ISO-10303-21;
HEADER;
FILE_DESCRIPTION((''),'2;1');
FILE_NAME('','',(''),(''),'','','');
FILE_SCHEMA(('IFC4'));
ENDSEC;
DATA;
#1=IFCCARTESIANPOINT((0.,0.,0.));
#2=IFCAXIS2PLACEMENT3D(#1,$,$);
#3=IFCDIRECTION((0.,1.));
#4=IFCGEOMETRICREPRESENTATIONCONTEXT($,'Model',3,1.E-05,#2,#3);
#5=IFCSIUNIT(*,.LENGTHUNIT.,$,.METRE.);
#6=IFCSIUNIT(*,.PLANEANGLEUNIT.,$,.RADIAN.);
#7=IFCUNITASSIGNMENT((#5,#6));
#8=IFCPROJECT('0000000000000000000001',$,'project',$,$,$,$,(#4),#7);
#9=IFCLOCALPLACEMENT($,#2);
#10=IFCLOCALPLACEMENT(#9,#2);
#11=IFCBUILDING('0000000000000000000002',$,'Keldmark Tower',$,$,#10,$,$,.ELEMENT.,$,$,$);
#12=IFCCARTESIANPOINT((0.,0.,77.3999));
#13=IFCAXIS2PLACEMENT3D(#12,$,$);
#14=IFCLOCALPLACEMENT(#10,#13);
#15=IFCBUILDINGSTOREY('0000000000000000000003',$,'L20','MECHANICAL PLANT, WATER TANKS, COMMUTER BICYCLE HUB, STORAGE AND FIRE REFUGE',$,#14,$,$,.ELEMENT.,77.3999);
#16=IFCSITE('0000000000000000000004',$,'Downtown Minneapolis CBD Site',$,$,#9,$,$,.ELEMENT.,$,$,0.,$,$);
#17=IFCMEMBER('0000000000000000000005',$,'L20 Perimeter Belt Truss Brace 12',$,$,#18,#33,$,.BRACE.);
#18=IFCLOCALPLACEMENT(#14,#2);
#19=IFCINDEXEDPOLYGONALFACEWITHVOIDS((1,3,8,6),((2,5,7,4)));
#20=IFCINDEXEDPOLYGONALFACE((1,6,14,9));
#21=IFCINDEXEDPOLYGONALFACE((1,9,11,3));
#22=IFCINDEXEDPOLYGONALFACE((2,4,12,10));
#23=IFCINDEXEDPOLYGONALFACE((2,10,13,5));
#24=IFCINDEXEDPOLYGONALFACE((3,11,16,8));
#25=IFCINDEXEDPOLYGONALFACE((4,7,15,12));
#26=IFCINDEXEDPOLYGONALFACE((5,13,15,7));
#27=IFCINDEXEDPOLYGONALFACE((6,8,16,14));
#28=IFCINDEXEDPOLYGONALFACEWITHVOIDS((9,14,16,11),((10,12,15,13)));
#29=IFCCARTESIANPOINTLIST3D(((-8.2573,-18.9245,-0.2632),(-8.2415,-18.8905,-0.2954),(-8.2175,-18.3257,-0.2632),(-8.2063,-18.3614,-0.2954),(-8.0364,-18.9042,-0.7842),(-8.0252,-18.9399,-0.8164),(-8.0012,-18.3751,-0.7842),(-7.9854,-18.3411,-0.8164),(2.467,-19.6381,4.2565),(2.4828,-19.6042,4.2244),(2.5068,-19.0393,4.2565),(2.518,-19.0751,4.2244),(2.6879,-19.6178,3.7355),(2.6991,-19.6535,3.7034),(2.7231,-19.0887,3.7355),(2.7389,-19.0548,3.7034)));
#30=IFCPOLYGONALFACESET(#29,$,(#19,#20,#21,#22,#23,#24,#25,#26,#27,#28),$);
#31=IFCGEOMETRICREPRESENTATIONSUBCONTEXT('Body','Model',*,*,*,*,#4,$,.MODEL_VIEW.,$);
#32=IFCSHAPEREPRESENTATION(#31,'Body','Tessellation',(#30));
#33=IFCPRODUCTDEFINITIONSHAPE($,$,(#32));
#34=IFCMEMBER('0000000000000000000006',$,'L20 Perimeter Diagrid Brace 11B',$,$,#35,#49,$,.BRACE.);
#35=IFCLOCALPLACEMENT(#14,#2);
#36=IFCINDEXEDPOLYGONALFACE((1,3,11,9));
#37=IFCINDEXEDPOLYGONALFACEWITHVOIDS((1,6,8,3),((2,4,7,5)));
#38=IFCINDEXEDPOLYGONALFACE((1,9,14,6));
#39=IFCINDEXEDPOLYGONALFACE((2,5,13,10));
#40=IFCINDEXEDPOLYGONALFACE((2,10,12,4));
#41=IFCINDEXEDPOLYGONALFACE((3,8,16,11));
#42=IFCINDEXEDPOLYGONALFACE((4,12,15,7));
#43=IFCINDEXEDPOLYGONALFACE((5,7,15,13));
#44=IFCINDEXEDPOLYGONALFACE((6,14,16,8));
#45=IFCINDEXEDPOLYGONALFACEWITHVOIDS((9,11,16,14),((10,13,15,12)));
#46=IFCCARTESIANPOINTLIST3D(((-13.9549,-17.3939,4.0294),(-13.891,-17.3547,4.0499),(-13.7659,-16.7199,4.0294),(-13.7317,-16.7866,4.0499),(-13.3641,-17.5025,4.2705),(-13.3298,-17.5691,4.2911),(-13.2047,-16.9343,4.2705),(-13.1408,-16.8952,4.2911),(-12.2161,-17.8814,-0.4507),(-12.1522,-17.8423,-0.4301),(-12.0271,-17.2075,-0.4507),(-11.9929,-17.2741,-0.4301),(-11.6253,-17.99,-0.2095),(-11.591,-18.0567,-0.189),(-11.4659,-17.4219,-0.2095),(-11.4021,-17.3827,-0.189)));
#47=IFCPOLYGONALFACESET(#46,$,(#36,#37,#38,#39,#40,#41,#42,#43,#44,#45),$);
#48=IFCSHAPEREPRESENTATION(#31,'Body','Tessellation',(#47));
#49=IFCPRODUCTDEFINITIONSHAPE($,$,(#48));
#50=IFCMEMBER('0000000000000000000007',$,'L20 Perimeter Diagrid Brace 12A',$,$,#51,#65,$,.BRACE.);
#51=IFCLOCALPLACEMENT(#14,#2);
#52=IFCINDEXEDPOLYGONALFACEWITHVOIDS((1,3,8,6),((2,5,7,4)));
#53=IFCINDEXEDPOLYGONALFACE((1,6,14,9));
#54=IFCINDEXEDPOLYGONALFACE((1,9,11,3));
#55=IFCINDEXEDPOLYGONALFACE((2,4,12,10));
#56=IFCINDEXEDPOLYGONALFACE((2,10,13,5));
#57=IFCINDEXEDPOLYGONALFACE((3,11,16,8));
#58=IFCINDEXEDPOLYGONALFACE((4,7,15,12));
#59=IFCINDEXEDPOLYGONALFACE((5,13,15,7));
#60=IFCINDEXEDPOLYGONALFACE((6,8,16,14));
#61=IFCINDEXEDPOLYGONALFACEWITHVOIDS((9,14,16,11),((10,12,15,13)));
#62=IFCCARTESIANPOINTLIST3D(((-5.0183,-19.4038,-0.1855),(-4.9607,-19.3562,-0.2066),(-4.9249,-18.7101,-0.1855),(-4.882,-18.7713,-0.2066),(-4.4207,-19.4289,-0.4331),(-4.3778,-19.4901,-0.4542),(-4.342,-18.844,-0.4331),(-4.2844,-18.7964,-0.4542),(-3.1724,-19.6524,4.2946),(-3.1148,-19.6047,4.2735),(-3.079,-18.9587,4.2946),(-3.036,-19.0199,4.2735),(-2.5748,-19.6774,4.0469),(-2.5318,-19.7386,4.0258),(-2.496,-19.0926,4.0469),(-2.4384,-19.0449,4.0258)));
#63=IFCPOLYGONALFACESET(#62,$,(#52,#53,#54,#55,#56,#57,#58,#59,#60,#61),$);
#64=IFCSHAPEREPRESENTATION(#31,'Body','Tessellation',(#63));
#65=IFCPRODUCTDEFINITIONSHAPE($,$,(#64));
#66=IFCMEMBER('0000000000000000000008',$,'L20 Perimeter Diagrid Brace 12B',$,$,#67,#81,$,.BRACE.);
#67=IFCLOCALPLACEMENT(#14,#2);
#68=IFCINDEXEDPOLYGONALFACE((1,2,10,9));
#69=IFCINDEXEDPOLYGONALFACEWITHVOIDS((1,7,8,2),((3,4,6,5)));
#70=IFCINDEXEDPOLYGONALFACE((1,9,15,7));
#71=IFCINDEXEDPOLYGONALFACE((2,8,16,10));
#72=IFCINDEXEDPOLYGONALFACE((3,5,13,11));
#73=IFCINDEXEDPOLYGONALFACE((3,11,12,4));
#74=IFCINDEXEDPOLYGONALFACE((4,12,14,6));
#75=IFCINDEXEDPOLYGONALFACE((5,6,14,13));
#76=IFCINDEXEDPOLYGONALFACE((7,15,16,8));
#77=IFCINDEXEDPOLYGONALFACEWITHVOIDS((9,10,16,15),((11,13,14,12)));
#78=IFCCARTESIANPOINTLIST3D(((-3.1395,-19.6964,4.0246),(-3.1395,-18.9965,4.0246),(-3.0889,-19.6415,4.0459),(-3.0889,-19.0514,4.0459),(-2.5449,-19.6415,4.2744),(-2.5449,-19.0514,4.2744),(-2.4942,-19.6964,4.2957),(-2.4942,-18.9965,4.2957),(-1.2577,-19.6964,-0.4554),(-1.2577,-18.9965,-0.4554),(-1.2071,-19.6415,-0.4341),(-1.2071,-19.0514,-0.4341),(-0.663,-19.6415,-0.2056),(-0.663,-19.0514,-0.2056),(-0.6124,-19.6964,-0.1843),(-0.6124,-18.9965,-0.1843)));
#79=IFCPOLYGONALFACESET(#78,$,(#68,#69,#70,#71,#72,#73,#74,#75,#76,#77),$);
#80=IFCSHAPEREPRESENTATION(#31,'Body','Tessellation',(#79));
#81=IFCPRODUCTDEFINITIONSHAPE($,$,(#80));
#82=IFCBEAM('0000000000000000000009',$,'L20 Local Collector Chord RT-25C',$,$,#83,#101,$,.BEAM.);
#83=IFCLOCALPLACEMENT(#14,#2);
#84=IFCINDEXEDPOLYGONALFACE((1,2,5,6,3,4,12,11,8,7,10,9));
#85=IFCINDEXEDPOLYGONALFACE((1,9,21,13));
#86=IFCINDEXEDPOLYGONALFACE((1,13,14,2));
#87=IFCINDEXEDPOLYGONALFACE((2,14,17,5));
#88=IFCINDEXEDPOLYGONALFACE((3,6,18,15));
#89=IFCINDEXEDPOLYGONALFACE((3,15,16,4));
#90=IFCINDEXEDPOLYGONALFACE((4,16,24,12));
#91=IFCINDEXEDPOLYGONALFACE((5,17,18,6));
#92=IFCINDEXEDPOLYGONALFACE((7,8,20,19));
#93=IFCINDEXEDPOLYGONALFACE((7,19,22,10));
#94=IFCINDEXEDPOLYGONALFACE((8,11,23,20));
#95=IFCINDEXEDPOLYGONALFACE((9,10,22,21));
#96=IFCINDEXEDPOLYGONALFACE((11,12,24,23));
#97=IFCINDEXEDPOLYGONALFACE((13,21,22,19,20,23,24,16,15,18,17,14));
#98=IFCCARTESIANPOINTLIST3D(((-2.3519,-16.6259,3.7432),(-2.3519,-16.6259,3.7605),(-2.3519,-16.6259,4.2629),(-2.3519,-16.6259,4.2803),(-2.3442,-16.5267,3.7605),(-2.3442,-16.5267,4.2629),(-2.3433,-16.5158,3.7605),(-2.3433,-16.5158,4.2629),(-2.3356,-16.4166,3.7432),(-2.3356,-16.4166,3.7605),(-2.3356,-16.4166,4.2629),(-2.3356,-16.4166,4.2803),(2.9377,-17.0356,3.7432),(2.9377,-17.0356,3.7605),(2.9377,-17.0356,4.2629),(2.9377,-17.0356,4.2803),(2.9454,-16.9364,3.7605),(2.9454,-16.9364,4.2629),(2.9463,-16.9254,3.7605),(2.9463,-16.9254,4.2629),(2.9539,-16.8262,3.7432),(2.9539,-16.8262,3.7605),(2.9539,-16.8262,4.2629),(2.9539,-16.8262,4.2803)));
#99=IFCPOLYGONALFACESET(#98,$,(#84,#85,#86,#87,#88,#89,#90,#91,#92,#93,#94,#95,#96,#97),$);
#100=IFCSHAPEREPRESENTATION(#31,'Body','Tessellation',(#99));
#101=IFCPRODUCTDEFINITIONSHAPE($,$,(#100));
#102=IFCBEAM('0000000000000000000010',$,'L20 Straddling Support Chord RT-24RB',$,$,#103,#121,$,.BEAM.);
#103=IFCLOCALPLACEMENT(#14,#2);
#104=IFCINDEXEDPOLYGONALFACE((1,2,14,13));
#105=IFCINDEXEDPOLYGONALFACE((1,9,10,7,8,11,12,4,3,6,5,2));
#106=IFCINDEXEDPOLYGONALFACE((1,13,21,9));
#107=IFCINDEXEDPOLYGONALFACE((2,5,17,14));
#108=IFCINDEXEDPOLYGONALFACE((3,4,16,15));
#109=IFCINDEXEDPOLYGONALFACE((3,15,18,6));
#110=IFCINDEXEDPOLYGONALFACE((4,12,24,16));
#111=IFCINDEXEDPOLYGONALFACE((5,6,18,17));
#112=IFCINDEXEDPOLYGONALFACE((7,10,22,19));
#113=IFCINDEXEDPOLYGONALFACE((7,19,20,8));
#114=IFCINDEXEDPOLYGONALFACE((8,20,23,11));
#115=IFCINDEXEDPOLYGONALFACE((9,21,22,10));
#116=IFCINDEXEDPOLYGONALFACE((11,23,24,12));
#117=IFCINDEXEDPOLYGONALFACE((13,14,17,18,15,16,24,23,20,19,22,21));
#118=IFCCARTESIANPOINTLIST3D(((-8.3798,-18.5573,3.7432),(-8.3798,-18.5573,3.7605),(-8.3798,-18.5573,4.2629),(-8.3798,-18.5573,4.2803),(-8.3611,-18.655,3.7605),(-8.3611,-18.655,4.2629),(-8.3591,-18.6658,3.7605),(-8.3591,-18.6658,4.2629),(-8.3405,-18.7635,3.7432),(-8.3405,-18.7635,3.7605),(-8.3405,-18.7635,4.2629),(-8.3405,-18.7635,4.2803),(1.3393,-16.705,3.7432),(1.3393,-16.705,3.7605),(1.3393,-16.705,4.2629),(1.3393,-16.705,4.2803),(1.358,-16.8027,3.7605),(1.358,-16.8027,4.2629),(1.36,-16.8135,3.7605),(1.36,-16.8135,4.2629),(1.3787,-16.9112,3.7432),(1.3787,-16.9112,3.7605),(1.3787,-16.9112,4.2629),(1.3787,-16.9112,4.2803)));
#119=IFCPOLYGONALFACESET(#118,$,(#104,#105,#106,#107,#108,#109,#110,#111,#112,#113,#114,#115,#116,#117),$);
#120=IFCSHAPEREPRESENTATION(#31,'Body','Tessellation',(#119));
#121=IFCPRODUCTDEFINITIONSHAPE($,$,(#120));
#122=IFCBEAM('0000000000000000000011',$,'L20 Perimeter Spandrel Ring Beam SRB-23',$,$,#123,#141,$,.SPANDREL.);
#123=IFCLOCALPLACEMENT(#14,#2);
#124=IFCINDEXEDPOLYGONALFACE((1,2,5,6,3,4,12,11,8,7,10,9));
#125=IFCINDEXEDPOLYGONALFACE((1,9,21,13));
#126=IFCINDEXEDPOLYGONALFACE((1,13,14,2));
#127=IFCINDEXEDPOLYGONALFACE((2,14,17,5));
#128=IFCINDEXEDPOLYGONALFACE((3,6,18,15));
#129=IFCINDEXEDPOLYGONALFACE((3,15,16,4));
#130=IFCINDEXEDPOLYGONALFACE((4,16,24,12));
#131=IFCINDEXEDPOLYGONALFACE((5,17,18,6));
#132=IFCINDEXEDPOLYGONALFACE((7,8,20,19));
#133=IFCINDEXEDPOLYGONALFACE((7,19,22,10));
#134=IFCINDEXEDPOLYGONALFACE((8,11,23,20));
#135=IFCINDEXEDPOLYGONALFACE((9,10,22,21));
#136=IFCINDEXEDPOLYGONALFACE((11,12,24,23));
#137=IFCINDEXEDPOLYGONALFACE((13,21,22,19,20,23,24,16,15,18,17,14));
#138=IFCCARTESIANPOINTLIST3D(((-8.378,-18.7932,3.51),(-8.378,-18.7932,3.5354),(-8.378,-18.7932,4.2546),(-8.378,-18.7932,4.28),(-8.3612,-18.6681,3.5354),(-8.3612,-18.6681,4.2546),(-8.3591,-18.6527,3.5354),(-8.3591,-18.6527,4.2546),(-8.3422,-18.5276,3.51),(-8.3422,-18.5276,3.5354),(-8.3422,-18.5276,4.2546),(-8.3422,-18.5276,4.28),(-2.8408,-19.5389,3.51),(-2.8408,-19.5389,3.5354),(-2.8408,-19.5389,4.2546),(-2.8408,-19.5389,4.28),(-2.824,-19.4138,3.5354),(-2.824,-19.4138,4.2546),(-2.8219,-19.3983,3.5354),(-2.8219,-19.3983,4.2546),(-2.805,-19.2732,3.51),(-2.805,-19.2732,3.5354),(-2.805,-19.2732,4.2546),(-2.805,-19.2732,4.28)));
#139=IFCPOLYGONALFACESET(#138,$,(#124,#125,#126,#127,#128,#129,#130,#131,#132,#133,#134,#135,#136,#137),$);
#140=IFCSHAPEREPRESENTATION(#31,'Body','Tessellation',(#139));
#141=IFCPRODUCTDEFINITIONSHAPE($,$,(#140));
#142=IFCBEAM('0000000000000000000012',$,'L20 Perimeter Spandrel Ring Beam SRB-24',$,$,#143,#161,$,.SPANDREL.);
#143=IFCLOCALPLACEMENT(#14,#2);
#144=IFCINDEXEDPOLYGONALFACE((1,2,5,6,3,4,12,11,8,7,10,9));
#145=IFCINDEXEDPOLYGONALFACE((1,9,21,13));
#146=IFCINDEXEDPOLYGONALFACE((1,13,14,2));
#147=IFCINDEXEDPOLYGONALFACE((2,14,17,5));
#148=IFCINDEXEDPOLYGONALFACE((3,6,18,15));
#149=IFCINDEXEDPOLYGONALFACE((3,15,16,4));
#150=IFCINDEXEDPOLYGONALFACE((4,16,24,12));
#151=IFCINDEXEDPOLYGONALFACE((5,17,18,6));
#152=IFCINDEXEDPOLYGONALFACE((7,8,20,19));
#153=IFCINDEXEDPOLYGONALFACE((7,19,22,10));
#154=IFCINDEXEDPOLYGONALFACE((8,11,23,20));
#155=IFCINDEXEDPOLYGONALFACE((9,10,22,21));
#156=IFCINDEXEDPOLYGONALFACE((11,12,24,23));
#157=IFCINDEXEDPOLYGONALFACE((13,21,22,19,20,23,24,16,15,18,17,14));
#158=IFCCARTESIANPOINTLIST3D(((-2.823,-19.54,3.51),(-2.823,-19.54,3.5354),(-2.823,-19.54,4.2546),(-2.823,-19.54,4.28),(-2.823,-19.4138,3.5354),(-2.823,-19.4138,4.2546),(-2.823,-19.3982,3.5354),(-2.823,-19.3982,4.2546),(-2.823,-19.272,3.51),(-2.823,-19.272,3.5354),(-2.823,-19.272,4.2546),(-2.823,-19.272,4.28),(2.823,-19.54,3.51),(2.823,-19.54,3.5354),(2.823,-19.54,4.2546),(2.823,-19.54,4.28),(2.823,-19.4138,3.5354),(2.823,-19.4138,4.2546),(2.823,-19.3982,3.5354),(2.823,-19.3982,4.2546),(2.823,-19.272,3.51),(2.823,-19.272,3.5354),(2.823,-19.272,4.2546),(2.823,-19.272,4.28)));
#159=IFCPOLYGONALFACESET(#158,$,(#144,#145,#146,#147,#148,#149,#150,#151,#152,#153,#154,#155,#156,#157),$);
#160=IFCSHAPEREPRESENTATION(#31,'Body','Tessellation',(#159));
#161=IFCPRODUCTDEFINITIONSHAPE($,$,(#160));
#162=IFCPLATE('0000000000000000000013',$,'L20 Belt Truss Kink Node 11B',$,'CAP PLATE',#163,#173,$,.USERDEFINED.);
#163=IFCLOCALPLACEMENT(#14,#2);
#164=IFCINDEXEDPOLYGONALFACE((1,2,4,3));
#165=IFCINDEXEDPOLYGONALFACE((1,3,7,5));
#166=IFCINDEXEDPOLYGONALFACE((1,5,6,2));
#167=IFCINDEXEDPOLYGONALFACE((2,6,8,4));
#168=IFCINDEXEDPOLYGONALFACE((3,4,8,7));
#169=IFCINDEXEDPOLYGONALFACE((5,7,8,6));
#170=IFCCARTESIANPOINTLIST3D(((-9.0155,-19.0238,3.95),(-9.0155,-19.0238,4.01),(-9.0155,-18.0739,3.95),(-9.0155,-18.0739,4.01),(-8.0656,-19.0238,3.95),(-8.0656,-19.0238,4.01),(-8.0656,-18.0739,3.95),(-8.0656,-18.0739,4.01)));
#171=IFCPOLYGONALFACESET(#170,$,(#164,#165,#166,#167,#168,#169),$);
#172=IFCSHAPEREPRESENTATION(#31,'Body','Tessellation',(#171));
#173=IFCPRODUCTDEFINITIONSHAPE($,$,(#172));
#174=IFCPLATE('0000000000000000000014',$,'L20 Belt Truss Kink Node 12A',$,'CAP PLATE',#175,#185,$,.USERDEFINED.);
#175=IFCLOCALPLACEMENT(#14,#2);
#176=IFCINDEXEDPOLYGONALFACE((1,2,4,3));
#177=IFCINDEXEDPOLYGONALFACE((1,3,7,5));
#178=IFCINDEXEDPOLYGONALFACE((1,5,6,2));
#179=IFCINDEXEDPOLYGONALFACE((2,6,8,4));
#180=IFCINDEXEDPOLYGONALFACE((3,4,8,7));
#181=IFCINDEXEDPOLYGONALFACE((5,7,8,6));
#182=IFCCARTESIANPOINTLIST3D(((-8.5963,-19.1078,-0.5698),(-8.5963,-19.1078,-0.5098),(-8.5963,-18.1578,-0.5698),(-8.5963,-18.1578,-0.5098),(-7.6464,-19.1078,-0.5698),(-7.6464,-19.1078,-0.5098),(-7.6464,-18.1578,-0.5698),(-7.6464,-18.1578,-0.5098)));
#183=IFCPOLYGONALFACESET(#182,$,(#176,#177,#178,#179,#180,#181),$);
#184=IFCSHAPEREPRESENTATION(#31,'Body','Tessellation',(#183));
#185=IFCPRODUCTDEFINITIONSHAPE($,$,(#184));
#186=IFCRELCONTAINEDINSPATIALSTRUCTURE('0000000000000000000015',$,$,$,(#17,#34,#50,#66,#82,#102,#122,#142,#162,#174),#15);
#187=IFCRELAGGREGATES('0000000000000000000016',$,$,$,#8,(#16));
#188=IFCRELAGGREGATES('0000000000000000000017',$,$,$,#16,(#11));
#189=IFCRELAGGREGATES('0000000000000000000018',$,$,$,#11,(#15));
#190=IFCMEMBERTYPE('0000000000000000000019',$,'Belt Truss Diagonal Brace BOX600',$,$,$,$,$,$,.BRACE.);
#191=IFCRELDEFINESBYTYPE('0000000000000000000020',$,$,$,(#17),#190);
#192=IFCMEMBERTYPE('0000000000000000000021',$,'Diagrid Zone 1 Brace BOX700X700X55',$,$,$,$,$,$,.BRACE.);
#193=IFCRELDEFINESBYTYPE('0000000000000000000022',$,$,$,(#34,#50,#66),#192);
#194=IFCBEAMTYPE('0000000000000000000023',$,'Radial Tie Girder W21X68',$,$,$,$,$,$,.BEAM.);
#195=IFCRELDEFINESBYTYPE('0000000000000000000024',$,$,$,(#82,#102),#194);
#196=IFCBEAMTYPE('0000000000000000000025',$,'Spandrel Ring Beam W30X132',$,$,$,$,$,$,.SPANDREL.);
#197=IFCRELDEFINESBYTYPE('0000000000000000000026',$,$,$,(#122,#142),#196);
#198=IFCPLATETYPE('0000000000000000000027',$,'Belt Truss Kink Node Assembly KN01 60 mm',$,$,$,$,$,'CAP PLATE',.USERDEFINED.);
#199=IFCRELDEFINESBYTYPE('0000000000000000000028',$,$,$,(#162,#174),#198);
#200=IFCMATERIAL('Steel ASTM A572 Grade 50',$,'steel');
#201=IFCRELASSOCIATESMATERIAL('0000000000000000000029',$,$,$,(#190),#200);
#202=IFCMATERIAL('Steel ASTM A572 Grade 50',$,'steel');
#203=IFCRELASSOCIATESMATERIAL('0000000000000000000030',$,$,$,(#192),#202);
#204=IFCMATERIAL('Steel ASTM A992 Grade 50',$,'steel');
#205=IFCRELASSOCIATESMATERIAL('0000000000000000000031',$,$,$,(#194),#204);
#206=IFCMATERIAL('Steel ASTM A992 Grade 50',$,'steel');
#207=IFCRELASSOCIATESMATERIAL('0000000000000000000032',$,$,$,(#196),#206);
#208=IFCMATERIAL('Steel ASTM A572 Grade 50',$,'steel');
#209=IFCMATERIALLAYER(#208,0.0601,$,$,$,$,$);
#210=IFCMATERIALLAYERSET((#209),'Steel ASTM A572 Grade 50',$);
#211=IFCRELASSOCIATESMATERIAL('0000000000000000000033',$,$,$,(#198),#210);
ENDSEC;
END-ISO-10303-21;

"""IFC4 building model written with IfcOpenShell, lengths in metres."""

from ifc_helpers import new_model, si_unit, direction, frame, origin, origin_2d, place, context, subcontext, project, spatial, rectangle, hollow_rectangle, i_section, extrude, material, layer, layer_set, material_profile, profile_set, type_object, element, save


model = new_model("IFC4")

# Units and contexts
model_context = context("Model", 3, precision=1e-05, world=origin(), true_north=direction((0.0, 1.0)))
body_context = subcontext(model_context, "Body", "Model", "MODEL_VIEW")
ifc_project = project(units=[si_unit("LENGTHUNIT", "METRE"), si_unit("PLANEANGLEUNIT", "RADIAN")], contexts=[model_context])

# Site, building, storey
site_placement = place(None, origin())
site = spatial("IfcSite", under=ifc_project, at=site_placement, Name="Downtown Minneapolis CBD Site", CompositionType="ELEMENT", RefElevation=0.0)
building_placement = place(site_placement, origin())
building = spatial("IfcBuilding", under=site, at=building_placement, Name="Keldmark Tower", CompositionType="ELEMENT")
storey_placement = place(building_placement, frame((0.0, 0.0, 77.3999)))
storey = spatial("IfcBuildingStorey", under=building, at=storey_placement, Name="L20", Description="MECHANICAL PLANT, WATER TANKS, COMMUTER BICYCLE HUB, STORAGE AND FIRE REFUGE", CompositionType="ELEMENT", Elevation=77.3999)

# Members
ifc_material_1 = material(Name="Steel ASTM A572 Grade 50", Category="steel")
ifc_material_profile_1 = material_profile(ifc_material_1, hollow_rectangle(XDim=0.6001, YDim=0.6001, WallThickness=0.0349, at=origin_2d()), Name="BOX600X600X35")
ifc_profile_set_1 = profile_set([ifc_material_profile_1], Name="Steel ASTM A572 Grade 50")
member_type_1 = type_object("IfcMemberType", Name="Belt Truss Diagonal Brace BOX600", PredefinedType="BRACE", material=ifc_profile_set_1)
member_1_placement = place(storey_placement, frame((-8.1213, -18.6328, -0.5398), z_axis=(0.919777, -0.061204, 0.387639), x_axis=(0.066395, 0.997793, 0.0)))
element("IfcMember", 1, at=member_1_placement, inside=storey, type_object=member_type_1, Name="L20 Perimeter Belt Truss Brace 12", PredefinedType="BRACE", context=body_context, shape_type="SweptSolid", body=[
    extrude(hollow_rectangle(XDim=0.6001, YDim=0.6001, WallThickness=0.0349, at=origin_2d()), origin(), (0.0, 0.0, 1.0), 11.6597),
])
ifc_material_2 = material(Name="Steel ASTM A572 Grade 50", Category="steel")
ifc_material_profile_2 = material_profile(ifc_material_2, hollow_rectangle(XDim=0.7, YDim=0.7, WallThickness=0.0549, at=origin_2d()), Name="BOX700X700X55")
ifc_profile_set_2 = profile_set([ifc_material_profile_2], Name="Steel ASTM A572 Grade 50")
member_type_2 = type_object("IfcMemberType", Name="Diagrid Zone 1 Brace BOX700X700X55", PredefinedType="BRACE", material=ifc_profile_set_2)
member_2_placement = place(storey_placement, frame((-11.8091, -17.6321, -0.3198), z_axis=(-0.359976, 0.100937, 0.927486), x_axis=(-0.269986, -0.962864, 0.0)))
element("IfcMember", 2, at=member_2_placement, inside=storey, type_object=member_type_2, Name="L20 Perimeter Diagrid Brace 11B", PredefinedType="BRACE", context=body_context, shape_type="SweptSolid", body=[
    extrude(hollow_rectangle(XDim=0.7, YDim=0.7, WallThickness=0.0549, at=origin_2d()), origin(), (0.0, 0.0, 1.0), 4.8303),
])
member_3_placement = place(storey_placement, frame((-4.6514, -19.1001, -0.3198), z_axis=(0.38047, -0.051226, 0.923373), x_axis=(0.133434, 0.991058, 0.0)))
element("IfcMember", 3, at=member_3_placement, inside=storey, type_object=member_type_2, Name="L20 Perimeter Diagrid Brace 12A", PredefinedType="BRACE", context=body_context, shape_type="SweptSolid", body=[
    extrude(hollow_rectangle(XDim=0.7, YDim=0.7, WallThickness=0.0549, at=origin_2d()), origin(), (0.0, 0.0, 1.0), 4.8518),
])
member_4_placement = place(storey_placement, frame((-0.9351, -19.3464, -0.3198), z_axis=(-0.387275, 0.0, 0.921964), x_axis=(0.0, -1.0, 0.0)))
element("IfcMember", 4, at=member_4_placement, inside=storey, type_object=member_type_2, Name="L20 Perimeter Diagrid Brace 12B", PredefinedType="BRACE", context=body_context, shape_type="SweptSolid", body=[
    extrude(hollow_rectangle(XDim=0.7, YDim=0.7, WallThickness=0.0549, at=origin_2d()), origin(), (0.0, 0.0, 1.0), 4.8591),
])

# Beams
ifc_material_3 = material(Name="Steel ASTM A992 Grade 50", Category="steel")
ifc_material_profile_3 = material_profile(ifc_material_3, i_section(OverallWidth=0.21, OverallDepth=0.5371, WebThickness=0.011, FlangeThickness=0.0173, at=origin_2d()), Name="W21X68")
ifc_profile_set_3 = profile_set([ifc_material_profile_3], Name="Steel ASTM A992 Grade 50")
beam_type_1 = type_object("IfcBeamType", Name="Radial Tie Girder W21X68", PredefinedType="BEAM", material=ifc_profile_set_3)
beam_1_placement = place(storey_placement, frame((-2.3438, -16.5212, 4.0117), z_axis=(0.997014, -0.077217, 0.0), x_axis=(0.077217, 0.997014, 0.0)))
element("IfcBeam", 5, at=beam_1_placement, inside=storey, type_object=beam_type_1, Name="L20 Local Collector Chord RT-25C", PredefinedType="BEAM", context=body_context, shape_type="SweptSolid", body=[
    extrude(i_section(OverallWidth=0.21, OverallDepth=0.5371, WebThickness=0.011, FlangeThickness=0.0173, at=origin_2d()), origin(), (0.0, 0.0, 1.0), 5.3054),
])
beam_2_placement = place(storey_placement, frame((-8.3601, -18.6604, 4.0117), z_axis=(0.982319, 0.187215, 0.0), x_axis=(-0.187215, 0.982319, 0.0)))
element("IfcBeam", 6, at=beam_2_placement, inside=storey, type_object=beam_type_1, Name="L20 Straddling Support Chord RT-24RB", PredefinedType="BEAM", context=body_context, shape_type="SweptSolid", body=[
    extrude(i_section(OverallWidth=0.21, OverallDepth=0.5371, WebThickness=0.011, FlangeThickness=0.0173, at=origin_2d()), origin(), (0.0, 0.0, 1.0), 9.894),
])
ifc_material_4 = material(Name="Steel ASTM A992 Grade 50", Category="steel")
ifc_material_profile_4 = material_profile(ifc_material_4, i_section(OverallWidth=0.2681, OverallDepth=0.77, WebThickness=0.0156, FlangeThickness=0.0254, at=origin_2d()), Name="W30X132")
ifc_profile_set_4 = profile_set([ifc_material_profile_4], Name="Steel ASTM A992 Grade 50")
beam_type_2 = type_object("IfcBeamType", Name="Spandrel Ring Beam W30X132", PredefinedType="SPANDREL", material=ifc_profile_set_4)
beam_3_placement = place(storey_placement, frame((-8.3601, -18.6604, 3.895), z_axis=(0.991055, -0.133452, 0.0), x_axis=(0.133452, 0.991055, 0.0)))
element("IfcBeam", 7, at=beam_3_placement, inside=storey, type_object=beam_type_2, Name="L20 Perimeter Spandrel Ring Beam SRB-23", PredefinedType="SPANDREL", context=body_context, shape_type="SweptSolid", body=[
    extrude(i_section(OverallWidth=0.2681, OverallDepth=0.77, WebThickness=0.0156, FlangeThickness=0.0254, at=origin_2d()), origin(), (0.0, 0.0, 1.0), 5.5872),
])
beam_4_placement = place(storey_placement, frame((-2.823, -19.406, 3.895), z_axis=(1.0, 0.0, 0.0), x_axis=(0.0, 1.0, 0.0)))
element("IfcBeam", 8, at=beam_4_placement, inside=storey, type_object=beam_type_2, Name="L20 Perimeter Spandrel Ring Beam SRB-24", PredefinedType="SPANDREL", context=body_context, shape_type="SweptSolid", body=[
    extrude(i_section(OverallWidth=0.2681, OverallDepth=0.77, WebThickness=0.0156, FlangeThickness=0.0254, at=origin_2d()), origin(), (0.0, 0.0, 1.0), 5.646),
])

# Plates
ifc_material_5 = material(Name="Steel ASTM A572 Grade 50", Category="steel")
ifc_layer_1 = layer(ifc_material_5, 0.0601)
ifc_layer_set_1 = layer_set([ifc_layer_1], Name="Steel ASTM A572 Grade 50")
plate_type_1 = type_object("IfcPlateType", Name="Belt Truss Kink Node Assembly KN01 60 mm", ElementType="CAP PLATE", PredefinedType="USERDEFINED", material=ifc_layer_set_1)
for number, where, z_axis, x_axis, name in (
    (9, (-8.5405, -18.5488, 3.95), (0.0, 0.0, 1.0), (1.0, 0.0, 0.0), "L20 Belt Truss Kink Node 11B"),
    (10, (-8.1213, -18.6328, -0.5698), (0.0, 0.0, 1.0), (1.0, 0.0, 0.0), "L20 Belt Truss Kink Node 12A"),
):
    element("IfcPlate", number, at=place(storey_placement, frame(where, z_axis=z_axis, x_axis=x_axis)), inside=storey, type_object=plate_type_1, Name=name, ObjectType="CAP PLATE", PredefinedType="USERDEFINED", context=body_context, shape_type="SweptSolid", body=[
        extrude(rectangle(XDim=0.95, YDim=0.95, at=origin_2d()), origin(), (0.0, 0.0, 1.0), 0.0601),
    ])

save(model, "model.ifc")
